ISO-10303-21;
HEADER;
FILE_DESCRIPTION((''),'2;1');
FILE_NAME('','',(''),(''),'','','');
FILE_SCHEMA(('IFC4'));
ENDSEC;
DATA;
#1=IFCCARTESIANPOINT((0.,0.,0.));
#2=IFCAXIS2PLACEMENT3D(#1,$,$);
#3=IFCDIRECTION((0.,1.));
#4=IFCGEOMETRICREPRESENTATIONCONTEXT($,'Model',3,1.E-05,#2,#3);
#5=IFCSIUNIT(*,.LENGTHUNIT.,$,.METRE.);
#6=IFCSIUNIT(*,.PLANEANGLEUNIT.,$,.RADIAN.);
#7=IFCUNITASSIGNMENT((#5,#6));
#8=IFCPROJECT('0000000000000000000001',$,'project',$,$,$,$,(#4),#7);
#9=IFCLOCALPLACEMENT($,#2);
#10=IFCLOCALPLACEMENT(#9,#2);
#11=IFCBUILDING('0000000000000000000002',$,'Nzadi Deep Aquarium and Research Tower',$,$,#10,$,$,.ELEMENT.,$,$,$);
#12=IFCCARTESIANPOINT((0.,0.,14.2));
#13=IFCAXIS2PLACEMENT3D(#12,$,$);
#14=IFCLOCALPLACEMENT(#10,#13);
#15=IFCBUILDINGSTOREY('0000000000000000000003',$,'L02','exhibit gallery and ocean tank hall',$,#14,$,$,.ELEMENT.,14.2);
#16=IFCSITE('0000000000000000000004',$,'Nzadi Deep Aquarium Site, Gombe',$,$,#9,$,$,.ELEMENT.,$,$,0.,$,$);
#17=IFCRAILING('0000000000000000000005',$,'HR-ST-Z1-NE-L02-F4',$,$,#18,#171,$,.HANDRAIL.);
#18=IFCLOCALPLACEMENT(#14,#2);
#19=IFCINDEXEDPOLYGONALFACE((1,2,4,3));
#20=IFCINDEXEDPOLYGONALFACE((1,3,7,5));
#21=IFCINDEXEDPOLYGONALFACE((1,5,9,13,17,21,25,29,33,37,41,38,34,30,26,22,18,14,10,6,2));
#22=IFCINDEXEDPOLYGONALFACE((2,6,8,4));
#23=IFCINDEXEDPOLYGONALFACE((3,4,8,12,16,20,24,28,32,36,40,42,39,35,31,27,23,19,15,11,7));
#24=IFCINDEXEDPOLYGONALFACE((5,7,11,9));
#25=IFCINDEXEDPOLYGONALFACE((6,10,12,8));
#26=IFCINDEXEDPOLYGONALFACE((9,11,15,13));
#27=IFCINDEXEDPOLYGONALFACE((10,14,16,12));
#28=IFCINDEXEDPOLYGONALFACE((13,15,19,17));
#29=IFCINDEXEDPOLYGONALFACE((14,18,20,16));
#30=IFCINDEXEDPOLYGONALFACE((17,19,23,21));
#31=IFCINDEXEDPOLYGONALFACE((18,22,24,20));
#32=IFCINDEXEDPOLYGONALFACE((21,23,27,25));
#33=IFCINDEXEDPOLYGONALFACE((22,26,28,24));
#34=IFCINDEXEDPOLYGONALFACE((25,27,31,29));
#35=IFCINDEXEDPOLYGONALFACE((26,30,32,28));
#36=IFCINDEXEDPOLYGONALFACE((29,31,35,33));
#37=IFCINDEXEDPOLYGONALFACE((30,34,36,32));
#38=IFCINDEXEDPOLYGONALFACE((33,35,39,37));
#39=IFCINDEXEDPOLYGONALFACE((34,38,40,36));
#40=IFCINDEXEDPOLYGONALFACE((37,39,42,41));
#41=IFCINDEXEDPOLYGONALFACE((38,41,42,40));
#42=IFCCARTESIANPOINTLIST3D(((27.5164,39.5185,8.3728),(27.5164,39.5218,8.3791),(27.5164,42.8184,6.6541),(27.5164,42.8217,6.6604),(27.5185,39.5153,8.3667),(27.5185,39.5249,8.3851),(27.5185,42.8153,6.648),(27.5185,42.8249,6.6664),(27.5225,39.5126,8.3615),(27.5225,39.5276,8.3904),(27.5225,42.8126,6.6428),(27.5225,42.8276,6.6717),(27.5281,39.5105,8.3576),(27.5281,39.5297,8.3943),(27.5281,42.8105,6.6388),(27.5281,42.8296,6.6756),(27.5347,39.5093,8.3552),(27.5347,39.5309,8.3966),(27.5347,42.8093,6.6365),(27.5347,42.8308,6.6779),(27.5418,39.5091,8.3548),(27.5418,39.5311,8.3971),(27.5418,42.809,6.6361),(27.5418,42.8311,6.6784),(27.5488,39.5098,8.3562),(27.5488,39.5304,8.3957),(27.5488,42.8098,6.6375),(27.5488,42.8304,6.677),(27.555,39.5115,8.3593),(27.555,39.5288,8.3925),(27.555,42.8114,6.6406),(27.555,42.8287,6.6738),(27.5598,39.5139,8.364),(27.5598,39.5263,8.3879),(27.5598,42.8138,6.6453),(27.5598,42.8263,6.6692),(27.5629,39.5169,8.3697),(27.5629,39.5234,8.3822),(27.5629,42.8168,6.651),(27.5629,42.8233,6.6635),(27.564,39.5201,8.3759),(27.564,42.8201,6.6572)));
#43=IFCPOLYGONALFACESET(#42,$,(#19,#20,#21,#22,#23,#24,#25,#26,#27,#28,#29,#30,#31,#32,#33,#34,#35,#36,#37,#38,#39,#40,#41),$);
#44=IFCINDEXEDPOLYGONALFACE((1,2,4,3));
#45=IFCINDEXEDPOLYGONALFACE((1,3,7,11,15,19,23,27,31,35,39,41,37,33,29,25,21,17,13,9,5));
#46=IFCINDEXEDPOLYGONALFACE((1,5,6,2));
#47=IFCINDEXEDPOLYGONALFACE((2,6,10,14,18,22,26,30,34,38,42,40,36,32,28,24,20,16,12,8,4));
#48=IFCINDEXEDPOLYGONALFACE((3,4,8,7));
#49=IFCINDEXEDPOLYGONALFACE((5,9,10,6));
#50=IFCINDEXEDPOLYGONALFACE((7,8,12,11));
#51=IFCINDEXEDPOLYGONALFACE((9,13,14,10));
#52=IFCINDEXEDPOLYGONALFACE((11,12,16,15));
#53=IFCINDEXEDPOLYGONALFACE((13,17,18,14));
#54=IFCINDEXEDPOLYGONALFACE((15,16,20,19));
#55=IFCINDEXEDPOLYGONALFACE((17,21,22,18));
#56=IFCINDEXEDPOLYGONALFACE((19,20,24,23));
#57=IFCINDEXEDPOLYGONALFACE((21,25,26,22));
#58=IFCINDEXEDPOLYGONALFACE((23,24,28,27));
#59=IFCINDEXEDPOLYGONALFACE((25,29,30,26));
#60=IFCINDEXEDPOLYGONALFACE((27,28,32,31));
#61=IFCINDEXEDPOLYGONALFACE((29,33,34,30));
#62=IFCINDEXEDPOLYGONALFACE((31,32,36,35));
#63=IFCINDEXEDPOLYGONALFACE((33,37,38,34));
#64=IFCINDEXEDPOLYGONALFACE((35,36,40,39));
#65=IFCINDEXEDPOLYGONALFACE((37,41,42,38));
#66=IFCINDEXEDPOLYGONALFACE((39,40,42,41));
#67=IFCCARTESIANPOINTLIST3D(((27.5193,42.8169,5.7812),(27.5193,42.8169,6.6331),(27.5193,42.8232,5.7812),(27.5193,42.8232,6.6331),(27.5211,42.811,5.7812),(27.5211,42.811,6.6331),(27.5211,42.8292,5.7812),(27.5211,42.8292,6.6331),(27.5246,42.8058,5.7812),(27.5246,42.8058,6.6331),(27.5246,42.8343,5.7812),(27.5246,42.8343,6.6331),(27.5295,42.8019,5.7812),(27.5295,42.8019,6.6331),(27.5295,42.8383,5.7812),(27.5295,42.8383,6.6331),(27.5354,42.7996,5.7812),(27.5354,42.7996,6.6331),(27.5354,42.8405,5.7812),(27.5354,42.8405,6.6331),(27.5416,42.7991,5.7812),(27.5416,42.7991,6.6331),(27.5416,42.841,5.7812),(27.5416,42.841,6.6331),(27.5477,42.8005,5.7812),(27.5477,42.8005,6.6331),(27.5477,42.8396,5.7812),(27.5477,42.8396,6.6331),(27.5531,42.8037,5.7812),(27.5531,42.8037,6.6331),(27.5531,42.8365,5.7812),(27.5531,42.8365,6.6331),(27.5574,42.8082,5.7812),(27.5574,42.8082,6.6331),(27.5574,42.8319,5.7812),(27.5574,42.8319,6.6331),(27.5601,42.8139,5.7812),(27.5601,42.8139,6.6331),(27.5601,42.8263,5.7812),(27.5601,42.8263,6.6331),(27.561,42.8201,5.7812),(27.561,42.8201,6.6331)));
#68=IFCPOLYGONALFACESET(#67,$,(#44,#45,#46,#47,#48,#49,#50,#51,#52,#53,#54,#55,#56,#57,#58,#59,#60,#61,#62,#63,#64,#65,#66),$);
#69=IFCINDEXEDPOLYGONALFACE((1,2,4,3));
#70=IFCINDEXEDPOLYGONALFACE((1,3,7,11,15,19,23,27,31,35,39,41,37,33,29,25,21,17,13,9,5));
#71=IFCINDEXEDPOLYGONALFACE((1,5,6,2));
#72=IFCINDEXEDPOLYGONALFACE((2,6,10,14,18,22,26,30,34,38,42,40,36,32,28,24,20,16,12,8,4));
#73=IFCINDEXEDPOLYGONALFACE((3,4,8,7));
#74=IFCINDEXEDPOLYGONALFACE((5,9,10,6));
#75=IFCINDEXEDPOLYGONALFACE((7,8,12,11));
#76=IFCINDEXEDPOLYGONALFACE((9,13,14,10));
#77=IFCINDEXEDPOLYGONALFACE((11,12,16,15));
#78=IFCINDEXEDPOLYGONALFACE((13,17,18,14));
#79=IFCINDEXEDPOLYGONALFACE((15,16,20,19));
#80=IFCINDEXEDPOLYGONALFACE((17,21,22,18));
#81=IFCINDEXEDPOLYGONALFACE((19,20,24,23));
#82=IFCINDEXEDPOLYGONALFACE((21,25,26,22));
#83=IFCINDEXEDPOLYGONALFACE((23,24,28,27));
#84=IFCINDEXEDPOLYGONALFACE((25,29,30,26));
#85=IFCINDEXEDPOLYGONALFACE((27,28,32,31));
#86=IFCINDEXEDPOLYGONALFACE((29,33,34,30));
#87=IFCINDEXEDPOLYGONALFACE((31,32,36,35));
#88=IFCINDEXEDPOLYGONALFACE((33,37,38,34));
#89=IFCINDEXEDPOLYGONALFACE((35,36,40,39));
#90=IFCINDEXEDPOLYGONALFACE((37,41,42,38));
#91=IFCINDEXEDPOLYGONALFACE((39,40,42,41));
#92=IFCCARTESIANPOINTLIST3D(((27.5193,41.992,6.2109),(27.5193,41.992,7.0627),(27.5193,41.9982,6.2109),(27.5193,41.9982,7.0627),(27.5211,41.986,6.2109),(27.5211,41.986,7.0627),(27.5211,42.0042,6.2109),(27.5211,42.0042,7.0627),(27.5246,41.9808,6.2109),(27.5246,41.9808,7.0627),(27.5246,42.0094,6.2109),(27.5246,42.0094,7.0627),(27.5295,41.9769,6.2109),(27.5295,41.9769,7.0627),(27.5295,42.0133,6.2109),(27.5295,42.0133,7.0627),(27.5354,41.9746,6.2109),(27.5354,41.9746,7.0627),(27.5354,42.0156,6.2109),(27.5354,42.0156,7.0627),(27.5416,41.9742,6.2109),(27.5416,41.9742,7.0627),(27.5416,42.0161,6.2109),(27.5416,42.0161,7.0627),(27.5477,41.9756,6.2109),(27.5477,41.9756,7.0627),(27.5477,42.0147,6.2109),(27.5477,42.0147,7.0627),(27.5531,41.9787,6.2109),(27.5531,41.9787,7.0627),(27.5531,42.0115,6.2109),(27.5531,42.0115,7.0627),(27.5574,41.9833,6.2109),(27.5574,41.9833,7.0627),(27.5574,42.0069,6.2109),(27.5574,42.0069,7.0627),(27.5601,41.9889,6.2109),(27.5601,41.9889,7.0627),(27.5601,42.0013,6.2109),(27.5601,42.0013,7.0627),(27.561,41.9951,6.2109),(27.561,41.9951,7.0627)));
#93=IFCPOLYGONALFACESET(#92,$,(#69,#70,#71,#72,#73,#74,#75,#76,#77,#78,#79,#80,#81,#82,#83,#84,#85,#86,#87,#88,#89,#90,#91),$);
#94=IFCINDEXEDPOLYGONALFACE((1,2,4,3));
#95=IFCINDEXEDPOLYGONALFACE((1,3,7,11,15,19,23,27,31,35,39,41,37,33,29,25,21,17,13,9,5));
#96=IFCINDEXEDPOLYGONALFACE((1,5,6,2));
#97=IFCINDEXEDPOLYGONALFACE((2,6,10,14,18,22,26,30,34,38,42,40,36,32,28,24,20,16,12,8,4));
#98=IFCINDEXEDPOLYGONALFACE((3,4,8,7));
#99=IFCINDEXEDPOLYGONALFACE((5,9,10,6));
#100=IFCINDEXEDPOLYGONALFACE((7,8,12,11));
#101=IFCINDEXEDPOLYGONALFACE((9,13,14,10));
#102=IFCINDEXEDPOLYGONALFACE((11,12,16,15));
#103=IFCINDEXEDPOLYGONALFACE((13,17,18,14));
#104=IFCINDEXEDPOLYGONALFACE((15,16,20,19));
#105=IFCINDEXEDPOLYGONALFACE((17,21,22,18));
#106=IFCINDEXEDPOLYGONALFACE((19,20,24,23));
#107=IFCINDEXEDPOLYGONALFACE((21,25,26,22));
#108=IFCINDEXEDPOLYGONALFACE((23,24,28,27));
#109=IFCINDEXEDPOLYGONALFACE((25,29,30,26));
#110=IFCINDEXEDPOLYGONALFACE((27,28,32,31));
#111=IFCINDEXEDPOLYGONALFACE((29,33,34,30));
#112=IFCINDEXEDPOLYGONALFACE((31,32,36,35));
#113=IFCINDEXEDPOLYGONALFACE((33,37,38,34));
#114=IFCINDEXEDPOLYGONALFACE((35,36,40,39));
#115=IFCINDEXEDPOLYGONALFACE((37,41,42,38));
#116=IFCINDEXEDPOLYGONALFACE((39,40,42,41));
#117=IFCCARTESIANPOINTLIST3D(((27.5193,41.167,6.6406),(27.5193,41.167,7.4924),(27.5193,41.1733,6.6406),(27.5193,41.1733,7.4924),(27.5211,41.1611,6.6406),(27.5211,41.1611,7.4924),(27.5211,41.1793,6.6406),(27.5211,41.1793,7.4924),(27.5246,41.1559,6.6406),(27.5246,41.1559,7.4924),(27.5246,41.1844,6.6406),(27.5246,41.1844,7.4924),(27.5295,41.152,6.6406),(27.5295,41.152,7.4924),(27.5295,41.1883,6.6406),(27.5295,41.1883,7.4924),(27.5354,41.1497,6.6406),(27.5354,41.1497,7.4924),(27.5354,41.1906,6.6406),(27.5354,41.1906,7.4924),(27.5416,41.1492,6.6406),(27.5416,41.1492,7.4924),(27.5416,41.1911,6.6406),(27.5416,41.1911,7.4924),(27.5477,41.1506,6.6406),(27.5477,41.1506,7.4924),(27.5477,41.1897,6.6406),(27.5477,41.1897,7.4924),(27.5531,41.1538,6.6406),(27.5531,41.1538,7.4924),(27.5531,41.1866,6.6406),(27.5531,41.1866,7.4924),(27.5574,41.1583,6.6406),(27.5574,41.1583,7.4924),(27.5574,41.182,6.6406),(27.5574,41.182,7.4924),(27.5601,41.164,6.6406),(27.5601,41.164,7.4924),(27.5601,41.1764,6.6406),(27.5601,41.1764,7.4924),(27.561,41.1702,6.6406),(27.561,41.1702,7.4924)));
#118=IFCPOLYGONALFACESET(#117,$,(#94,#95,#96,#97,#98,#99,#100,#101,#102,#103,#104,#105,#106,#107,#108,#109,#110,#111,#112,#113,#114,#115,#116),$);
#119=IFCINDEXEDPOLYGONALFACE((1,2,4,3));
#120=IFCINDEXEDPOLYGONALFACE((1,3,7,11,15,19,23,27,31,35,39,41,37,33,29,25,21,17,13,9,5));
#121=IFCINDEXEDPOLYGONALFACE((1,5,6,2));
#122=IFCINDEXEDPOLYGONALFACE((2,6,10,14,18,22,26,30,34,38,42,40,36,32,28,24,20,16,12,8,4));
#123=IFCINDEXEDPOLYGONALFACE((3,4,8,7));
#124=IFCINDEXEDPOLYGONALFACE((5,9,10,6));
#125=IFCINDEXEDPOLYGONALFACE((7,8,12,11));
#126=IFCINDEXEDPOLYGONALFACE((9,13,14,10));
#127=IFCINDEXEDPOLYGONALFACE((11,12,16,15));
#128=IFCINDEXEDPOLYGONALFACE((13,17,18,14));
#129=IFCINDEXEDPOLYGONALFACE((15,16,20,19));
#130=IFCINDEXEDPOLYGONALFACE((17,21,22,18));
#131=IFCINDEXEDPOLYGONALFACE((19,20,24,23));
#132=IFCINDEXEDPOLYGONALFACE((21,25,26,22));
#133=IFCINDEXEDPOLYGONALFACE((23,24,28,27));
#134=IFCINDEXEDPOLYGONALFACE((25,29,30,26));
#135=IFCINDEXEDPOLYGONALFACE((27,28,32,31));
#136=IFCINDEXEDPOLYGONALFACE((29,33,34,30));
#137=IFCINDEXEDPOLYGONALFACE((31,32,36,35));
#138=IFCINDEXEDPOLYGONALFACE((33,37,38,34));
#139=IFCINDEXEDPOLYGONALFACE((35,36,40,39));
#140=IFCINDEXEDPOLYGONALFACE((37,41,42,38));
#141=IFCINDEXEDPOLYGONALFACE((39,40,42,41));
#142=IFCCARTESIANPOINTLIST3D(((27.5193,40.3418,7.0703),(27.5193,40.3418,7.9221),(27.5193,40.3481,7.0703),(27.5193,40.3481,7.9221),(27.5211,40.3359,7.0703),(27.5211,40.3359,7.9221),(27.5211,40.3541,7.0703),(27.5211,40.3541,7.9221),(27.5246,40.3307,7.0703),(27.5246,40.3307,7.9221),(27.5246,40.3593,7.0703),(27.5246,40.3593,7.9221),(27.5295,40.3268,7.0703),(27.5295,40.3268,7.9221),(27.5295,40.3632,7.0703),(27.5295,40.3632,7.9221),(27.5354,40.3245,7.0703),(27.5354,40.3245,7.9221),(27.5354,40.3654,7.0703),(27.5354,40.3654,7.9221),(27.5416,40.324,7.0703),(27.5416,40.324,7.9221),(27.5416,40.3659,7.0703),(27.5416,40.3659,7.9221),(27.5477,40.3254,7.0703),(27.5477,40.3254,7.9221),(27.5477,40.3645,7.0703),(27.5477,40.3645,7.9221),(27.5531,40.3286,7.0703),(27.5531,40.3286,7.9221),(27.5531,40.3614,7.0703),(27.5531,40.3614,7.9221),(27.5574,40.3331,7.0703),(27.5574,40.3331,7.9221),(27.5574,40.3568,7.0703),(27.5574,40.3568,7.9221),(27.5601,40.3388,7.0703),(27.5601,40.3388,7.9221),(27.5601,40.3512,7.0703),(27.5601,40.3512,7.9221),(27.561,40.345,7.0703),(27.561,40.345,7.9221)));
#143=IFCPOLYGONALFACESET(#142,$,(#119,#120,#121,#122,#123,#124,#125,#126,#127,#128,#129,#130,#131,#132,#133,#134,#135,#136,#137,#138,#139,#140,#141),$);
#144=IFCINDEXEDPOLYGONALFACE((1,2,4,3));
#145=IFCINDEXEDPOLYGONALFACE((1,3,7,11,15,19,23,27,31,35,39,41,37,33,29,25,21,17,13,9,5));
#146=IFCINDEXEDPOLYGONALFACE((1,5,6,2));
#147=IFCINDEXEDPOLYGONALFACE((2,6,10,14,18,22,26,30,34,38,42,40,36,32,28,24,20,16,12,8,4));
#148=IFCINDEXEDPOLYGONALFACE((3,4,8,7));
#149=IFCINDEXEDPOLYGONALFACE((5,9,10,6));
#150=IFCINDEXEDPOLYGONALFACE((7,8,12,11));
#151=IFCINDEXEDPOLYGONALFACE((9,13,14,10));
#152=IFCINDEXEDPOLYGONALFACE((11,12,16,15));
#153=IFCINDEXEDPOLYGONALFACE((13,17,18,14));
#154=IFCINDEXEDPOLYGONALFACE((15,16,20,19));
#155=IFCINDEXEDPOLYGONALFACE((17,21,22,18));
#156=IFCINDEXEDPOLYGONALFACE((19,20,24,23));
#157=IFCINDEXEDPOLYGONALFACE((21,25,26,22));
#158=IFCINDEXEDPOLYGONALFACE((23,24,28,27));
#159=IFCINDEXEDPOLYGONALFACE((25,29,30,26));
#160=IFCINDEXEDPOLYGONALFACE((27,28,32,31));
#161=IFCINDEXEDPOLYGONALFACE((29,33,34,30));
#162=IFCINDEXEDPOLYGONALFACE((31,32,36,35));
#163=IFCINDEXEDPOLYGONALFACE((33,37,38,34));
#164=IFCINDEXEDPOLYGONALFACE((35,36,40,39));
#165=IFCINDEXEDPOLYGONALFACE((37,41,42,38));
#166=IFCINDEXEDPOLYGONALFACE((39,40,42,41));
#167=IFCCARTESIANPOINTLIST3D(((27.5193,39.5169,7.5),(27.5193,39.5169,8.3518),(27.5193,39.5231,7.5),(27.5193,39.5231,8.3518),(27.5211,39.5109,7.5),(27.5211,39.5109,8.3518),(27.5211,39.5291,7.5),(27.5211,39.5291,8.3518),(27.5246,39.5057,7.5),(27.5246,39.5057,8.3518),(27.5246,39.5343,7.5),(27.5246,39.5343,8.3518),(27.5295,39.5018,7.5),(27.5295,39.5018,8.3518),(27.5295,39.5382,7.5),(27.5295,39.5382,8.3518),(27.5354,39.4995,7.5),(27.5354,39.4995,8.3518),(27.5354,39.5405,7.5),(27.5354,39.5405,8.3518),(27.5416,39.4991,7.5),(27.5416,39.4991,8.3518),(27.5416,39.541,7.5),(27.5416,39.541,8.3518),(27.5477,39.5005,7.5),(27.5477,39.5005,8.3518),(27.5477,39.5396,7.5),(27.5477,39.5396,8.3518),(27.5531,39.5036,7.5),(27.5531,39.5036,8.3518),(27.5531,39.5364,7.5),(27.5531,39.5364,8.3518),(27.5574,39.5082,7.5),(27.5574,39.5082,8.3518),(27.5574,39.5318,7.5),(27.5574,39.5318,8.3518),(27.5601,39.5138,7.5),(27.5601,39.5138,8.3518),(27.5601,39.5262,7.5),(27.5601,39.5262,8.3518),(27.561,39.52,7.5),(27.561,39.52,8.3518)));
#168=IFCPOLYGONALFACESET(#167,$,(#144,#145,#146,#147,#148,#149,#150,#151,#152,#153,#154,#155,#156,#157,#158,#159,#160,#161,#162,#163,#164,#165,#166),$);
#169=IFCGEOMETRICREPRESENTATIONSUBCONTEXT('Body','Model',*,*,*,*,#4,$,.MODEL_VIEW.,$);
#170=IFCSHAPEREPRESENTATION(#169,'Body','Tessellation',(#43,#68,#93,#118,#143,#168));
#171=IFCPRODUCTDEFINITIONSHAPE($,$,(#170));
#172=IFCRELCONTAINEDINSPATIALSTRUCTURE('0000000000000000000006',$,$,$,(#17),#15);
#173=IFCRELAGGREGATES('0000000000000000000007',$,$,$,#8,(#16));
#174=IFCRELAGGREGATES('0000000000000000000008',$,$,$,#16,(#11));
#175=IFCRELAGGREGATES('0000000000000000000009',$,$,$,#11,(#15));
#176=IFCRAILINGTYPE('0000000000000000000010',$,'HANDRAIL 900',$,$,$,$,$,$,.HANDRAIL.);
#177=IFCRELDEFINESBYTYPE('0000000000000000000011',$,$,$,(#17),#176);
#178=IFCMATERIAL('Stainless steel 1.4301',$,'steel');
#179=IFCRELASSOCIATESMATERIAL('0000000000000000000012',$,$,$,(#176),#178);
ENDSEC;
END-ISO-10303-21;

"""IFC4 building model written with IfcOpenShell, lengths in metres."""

from ifc_helpers import new_model, si_unit, direction, frame, origin, origin_2d, place, context, subcontext, project, spatial, circle, extrude, material, type_object, element, save


model = new_model("IFC4")

# Units and contexts
model_context = context("Model", 3, precision=1e-05, world=origin(), true_north=direction((0.0, 1.0)))
body_context = subcontext(model_context, "Body", "Model", "MODEL_VIEW")
ifc_project = project(units=[si_unit("LENGTHUNIT", "METRE"), si_unit("PLANEANGLEUNIT", "RADIAN")], contexts=[model_context])

# Site, building, storey
site_placement = place(None, origin())
site = spatial("IfcSite", under=ifc_project, at=site_placement, Name="Nzadi Deep Aquarium Site, Gombe", CompositionType="ELEMENT", RefElevation=0.0)
building_placement = place(site_placement, origin())
building = spatial("IfcBuilding", under=site, at=building_placement, Name="Nzadi Deep Aquarium and Research Tower", CompositionType="ELEMENT")
storey_placement = place(building_placement, frame((0.0, 0.0, 14.2)))
storey = spatial("IfcBuildingStorey", under=building, at=storey_placement, Name="L02", Description="exhibit gallery and ocean tank hall", CompositionType="ELEMENT", Elevation=14.2)

# Railing
ifc_material_1 = material(Name="Stainless steel 1.4301", Category="steel")
railing_type = type_object("IfcRailingType", Name="HANDRAIL 900", PredefinedType="HANDRAIL", material=ifc_material_1)
for number, where, name in (
    (1, (27.54, 42.8201, 5.7812), "HR-ST-Z1-NE-L02-F4"),
):
    element("IfcRailing", number, at=place(storey_placement, frame(where)), inside=storey, type_object=railing_type, Name=name, PredefinedType="HANDRAIL", context=body_context, shape_type="SweptSolid", body=[
        extrude(circle(Radius=0.0239, at=origin_2d()), frame((0.0, 0.0, 0.876), z_axis=(0.0, -0.886917, 0.461929), x_axis=(1.0, 0.0, 0.0)), (0.0, 0.0, 1.0), 3.7207),
        extrude(circle(Radius=0.021, at=origin_2d()), origin(), (0.0, 0.0, 1.0), 0.8518),
        extrude(circle(Radius=0.021, at=origin_2d()), frame((0.0, -0.825, 0.4297)), (0.0, 0.0, 1.0), 0.8518),
        extrude(circle(Radius=0.021, at=origin_2d()), frame((0.0, -1.6499, 0.8594)), (0.0, 0.0, 1.0), 0.8518),
        extrude(circle(Radius=0.021, at=origin_2d()), frame((0.0, -2.4751, 1.2891)), (0.0, 0.0, 1.0), 0.8518),
        extrude(circle(Radius=0.021, at=origin_2d()), frame((0.0, -3.3, 1.7188)), (0.0, 0.0, 1.0), 0.8518),
    ])

save(model, "model.ifc")
